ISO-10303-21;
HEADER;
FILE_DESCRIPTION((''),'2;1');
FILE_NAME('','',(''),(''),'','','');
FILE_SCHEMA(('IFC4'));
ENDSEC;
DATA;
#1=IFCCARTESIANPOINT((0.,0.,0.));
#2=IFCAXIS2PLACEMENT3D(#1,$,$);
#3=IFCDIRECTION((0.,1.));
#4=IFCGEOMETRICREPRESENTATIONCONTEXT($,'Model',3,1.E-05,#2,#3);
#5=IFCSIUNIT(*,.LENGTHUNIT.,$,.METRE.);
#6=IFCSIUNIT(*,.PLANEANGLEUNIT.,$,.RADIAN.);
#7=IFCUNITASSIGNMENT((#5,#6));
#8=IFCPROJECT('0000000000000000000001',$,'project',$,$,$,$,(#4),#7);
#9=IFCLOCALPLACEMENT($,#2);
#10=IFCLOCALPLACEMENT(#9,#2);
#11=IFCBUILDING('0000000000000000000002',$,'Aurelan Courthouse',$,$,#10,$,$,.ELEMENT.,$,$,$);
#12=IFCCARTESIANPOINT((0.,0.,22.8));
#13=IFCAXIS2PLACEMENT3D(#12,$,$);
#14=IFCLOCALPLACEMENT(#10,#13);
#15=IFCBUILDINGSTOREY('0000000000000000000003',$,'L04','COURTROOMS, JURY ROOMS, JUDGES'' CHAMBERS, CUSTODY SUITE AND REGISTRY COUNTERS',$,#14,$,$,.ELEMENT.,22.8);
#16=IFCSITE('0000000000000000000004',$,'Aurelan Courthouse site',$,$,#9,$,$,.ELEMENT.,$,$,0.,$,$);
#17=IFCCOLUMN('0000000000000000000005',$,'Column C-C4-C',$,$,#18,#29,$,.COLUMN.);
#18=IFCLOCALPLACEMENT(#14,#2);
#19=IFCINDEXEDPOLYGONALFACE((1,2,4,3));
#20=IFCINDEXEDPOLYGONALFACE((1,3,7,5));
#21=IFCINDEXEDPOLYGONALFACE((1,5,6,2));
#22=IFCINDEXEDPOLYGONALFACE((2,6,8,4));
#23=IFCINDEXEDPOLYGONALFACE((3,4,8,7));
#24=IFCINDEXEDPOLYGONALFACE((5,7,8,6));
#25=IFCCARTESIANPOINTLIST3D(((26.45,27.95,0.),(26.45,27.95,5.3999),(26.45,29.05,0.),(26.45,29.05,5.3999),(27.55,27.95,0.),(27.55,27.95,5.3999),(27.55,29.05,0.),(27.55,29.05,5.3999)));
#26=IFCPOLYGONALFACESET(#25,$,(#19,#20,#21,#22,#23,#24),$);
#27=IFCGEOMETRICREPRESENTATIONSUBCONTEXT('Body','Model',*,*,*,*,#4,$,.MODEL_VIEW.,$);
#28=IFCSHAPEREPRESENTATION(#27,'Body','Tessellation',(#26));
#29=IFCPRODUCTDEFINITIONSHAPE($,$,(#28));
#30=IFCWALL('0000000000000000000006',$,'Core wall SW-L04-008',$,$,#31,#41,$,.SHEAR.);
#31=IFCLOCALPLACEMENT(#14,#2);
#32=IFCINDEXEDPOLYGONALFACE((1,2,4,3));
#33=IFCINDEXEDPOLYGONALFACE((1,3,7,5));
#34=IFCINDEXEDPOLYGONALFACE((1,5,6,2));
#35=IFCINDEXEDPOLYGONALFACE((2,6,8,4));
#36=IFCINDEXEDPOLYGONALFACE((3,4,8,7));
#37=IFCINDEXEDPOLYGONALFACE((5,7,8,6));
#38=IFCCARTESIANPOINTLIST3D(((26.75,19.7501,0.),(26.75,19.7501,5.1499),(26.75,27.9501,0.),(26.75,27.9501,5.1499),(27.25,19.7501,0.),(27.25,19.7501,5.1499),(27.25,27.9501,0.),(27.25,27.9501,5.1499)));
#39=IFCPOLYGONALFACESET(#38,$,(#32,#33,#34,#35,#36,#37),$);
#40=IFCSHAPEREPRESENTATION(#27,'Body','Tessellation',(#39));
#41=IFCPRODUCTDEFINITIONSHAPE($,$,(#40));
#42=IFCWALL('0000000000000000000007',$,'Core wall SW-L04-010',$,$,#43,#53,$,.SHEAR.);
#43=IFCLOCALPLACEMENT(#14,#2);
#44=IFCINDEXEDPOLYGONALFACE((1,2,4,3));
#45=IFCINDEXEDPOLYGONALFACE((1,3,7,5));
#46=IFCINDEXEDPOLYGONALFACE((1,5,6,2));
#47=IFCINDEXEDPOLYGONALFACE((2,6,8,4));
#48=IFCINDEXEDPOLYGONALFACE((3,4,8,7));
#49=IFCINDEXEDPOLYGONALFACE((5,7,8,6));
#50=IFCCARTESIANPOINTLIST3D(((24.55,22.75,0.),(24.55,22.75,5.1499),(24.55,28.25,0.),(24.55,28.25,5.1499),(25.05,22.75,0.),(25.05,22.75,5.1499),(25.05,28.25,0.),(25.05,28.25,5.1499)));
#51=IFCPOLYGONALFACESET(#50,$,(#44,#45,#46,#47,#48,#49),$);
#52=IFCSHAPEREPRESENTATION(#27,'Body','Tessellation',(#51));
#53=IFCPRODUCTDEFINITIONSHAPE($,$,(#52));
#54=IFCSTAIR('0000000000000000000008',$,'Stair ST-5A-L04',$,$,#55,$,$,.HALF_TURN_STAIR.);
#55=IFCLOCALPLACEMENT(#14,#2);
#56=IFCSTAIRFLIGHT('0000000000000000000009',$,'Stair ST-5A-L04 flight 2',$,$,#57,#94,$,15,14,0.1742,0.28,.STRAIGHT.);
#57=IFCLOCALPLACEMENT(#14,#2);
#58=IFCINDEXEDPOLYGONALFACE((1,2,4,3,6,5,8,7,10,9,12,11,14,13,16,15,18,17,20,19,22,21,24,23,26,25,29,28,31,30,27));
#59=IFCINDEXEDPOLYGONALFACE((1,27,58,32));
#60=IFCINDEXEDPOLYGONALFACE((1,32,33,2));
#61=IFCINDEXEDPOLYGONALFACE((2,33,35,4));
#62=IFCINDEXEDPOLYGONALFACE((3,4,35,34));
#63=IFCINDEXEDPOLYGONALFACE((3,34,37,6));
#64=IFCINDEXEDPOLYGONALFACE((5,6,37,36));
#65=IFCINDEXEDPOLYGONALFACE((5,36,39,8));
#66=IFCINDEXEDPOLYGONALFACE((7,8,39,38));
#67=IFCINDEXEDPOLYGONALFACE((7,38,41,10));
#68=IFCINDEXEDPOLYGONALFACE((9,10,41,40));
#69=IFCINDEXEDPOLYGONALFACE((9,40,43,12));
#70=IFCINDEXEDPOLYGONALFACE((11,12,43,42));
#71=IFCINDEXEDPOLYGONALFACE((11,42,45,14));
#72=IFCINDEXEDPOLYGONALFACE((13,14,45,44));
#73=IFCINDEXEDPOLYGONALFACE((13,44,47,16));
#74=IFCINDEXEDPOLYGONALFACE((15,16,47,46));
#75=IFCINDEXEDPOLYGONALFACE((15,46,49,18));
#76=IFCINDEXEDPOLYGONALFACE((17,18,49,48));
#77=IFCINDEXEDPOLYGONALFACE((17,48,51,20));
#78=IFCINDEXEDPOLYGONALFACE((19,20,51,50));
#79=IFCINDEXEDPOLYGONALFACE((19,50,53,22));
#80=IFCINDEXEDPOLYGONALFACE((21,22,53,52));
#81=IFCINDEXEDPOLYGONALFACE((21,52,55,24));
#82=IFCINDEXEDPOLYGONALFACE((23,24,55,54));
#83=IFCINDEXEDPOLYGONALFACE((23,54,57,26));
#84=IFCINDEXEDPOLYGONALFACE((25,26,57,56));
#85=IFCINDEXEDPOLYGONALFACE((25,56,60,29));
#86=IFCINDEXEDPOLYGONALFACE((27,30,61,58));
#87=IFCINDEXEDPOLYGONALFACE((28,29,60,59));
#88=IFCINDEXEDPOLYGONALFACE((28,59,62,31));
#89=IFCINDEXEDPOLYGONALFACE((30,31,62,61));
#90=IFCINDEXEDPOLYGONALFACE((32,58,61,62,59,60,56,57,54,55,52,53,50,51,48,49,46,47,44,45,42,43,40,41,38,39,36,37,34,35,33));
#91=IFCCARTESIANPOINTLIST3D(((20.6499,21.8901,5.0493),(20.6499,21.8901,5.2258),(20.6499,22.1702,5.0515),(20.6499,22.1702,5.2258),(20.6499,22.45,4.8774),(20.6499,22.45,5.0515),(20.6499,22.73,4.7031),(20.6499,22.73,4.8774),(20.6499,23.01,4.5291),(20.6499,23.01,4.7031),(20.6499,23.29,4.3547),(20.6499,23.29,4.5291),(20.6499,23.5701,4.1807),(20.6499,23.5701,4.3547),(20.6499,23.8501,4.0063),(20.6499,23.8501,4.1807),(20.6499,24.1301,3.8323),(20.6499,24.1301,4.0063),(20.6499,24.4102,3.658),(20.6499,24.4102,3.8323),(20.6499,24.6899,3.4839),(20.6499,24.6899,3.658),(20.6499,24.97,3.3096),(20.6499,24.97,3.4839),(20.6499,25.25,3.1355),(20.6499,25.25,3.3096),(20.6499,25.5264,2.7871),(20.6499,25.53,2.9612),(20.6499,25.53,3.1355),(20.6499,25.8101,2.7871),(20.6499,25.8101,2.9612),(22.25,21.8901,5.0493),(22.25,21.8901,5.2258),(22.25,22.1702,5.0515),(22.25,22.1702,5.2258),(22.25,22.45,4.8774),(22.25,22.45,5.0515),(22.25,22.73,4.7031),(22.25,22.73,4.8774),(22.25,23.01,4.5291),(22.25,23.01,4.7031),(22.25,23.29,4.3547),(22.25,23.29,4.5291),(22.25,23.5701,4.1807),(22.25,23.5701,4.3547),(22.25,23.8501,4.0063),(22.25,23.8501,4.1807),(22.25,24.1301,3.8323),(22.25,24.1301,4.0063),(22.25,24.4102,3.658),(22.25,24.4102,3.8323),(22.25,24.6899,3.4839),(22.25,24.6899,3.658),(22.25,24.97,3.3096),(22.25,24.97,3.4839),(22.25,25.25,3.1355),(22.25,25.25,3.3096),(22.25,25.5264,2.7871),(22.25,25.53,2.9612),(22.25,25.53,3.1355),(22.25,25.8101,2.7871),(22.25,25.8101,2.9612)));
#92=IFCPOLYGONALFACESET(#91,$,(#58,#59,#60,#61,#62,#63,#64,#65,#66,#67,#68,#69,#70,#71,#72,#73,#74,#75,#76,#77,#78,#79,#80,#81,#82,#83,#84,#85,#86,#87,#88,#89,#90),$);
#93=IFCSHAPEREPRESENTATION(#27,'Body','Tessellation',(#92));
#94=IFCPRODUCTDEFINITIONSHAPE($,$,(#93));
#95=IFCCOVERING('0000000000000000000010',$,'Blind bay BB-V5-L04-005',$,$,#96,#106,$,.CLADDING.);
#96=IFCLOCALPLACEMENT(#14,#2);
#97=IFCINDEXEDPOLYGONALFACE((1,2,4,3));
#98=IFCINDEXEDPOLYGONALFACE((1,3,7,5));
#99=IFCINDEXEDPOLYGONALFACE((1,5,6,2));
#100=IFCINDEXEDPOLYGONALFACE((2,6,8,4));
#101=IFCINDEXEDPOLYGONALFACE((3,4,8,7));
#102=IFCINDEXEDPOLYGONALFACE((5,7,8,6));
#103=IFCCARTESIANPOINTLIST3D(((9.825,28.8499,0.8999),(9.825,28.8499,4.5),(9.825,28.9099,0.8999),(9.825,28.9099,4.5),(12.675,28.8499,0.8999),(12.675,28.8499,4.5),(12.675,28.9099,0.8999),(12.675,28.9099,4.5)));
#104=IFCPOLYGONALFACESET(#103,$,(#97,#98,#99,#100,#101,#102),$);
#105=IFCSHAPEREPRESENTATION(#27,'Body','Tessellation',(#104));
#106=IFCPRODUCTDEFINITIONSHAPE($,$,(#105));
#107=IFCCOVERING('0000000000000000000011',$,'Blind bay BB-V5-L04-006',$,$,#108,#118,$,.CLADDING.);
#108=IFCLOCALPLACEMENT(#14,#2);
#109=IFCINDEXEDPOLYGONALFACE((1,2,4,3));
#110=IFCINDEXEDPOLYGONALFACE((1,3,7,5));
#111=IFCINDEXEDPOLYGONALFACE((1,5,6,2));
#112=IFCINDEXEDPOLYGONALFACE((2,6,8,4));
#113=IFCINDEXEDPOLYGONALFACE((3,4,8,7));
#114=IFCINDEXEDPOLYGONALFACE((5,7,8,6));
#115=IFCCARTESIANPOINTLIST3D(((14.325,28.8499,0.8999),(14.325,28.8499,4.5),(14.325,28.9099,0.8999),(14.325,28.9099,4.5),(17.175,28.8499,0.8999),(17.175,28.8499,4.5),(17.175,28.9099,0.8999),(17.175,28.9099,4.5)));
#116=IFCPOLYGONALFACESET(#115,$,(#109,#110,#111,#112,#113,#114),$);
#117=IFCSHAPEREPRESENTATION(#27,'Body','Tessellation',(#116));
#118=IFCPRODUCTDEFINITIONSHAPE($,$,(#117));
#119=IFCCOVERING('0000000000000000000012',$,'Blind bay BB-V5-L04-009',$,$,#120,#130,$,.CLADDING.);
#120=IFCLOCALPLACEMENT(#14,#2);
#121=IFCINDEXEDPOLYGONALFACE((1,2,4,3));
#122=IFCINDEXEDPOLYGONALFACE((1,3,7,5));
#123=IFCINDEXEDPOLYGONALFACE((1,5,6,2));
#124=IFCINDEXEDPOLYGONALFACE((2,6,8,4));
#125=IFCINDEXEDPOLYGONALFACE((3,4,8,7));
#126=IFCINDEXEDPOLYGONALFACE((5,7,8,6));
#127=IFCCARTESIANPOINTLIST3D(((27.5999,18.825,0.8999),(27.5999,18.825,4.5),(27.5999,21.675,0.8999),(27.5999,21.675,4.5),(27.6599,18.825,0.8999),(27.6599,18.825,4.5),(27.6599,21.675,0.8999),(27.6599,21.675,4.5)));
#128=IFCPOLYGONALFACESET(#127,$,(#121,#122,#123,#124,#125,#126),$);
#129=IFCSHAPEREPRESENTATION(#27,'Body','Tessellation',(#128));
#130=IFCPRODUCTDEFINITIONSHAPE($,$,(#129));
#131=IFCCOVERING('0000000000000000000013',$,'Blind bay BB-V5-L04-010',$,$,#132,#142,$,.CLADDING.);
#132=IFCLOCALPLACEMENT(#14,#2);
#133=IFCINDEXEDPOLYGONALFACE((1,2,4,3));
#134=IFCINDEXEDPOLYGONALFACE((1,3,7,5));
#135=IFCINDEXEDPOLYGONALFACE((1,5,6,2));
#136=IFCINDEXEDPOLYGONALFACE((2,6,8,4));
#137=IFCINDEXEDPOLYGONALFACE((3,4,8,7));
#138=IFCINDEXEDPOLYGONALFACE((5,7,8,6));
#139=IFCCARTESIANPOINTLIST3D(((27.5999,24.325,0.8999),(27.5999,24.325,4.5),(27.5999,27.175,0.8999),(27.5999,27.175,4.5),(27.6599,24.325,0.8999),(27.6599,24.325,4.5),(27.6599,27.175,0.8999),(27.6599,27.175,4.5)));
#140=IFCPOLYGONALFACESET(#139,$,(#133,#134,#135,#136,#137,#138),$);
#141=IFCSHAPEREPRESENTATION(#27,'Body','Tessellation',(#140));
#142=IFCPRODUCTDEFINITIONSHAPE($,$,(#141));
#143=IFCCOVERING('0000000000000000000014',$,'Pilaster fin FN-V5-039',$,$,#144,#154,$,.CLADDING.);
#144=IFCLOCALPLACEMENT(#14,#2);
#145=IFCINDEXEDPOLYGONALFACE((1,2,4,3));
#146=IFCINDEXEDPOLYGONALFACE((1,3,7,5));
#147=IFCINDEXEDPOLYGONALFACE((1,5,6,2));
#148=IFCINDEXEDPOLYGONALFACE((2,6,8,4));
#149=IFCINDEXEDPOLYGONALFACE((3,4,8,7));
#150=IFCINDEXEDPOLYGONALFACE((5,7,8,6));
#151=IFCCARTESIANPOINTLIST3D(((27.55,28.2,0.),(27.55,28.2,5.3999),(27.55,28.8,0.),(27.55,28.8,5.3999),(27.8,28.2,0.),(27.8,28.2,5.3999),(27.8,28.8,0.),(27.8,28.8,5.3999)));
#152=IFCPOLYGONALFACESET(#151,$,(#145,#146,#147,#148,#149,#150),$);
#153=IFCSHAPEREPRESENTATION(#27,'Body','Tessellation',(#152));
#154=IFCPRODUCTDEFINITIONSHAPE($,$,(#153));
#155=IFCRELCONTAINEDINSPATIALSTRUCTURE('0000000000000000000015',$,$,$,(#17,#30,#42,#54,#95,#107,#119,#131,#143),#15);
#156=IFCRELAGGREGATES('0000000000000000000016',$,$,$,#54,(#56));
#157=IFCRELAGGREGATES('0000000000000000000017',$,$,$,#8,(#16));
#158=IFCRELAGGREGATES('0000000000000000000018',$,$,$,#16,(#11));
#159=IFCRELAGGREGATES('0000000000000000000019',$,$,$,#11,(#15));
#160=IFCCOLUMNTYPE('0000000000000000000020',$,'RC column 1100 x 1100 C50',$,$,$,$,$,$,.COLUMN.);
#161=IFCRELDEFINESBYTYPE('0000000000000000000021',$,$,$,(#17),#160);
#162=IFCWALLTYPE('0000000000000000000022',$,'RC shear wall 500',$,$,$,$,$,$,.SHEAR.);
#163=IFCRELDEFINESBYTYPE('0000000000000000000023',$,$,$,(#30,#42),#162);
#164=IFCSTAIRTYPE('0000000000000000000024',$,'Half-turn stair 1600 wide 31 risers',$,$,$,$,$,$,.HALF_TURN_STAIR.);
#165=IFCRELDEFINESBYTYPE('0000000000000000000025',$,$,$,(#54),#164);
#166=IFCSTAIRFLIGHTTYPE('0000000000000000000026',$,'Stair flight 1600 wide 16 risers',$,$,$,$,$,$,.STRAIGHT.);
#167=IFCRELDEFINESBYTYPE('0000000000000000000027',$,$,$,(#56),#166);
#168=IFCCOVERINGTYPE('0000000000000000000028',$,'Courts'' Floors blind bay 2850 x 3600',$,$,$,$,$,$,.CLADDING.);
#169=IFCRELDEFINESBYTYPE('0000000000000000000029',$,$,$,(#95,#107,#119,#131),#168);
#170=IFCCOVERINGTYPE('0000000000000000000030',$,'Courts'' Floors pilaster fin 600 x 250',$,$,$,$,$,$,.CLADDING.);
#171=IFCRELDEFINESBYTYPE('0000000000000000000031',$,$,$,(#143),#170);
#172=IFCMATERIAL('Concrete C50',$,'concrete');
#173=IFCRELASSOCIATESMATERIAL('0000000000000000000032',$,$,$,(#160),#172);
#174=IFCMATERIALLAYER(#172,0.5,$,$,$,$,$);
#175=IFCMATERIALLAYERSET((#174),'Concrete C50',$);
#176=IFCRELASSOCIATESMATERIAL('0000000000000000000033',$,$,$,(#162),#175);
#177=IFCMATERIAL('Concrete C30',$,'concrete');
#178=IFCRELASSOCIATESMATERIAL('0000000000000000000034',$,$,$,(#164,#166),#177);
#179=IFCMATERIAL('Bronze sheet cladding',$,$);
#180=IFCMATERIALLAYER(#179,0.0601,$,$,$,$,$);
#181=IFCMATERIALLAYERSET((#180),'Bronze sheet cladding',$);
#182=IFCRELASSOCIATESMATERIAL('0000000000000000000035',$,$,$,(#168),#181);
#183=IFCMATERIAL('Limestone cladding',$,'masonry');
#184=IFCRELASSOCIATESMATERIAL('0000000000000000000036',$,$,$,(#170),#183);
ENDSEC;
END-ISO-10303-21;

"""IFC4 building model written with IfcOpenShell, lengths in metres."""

from ifc_helpers import new_model, si_unit, direction, frame, frame_2d, origin, origin_2d, place, context, subcontext, project, spatial, polyline, rectangle, outline, extrude, material, layer, layer_set, material_profile, profile_set, type_object, element, aggregate, save


model = new_model("IFC4")

# Units and contexts
model_context = context("Model", 3, precision=1e-05, world=origin(), true_north=direction((0.0, 1.0)))
body_context = subcontext(model_context, "Body", "Model", "MODEL_VIEW")
ifc_project = project(units=[si_unit("LENGTHUNIT", "METRE"), si_unit("PLANEANGLEUNIT", "RADIAN")], contexts=[model_context])

# Site, building, storey
site_placement = place(None, origin())
site = spatial("IfcSite", under=ifc_project, at=site_placement, Name="Aurelan Courthouse site", CompositionType="ELEMENT", RefElevation=0.0)
building_placement = place(site_placement, origin())
building = spatial("IfcBuilding", under=site, at=building_placement, Name="Aurelan Courthouse", CompositionType="ELEMENT")
storey_placement = place(building_placement, frame((0.0, 0.0, 22.8)))
storey = spatial("IfcBuildingStorey", under=building, at=storey_placement, Name="L04", Description="COURTROOMS, JURY ROOMS, JUDGES' CHAMBERS, CUSTODY SUITE AND REGISTRY COUNTERS", CompositionType="ELEMENT", Elevation=22.8)

# Column
ifc_material_1 = material(Name="Concrete C50", Category="concrete")
ifc_material_profile = material_profile(ifc_material_1, rectangle(XDim=1.1001, YDim=1.1001, at=origin_2d()), Name="RC 1100 x 1100")
ifc_profile_set = profile_set([ifc_material_profile], Name="Concrete C50")
column_type = type_object("IfcColumnType", Name="RC column 1100 x 1100 C50", PredefinedType="COLUMN", material=ifc_profile_set)
column_placement = place(storey_placement, frame((27.0, 28.5, 0.0), z_axis=(0.0, 0.0, 1.0), x_axis=(1.0, 0.0, 0.0)))
element("IfcColumn", 1, at=column_placement, inside=storey, type_object=column_type, Name="Column C-C4-C", PredefinedType="COLUMN", context=body_context, shape_type="SweptSolid", body=[
    extrude(rectangle(XDim=1.1001, YDim=1.1001, at=origin_2d()), origin(), (0.0, 0.0, 1.0), 5.3999),
])

# Walls
ifc_layer_1 = layer(ifc_material_1, 0.5)
ifc_layer_set_1 = layer_set([ifc_layer_1], Name="Concrete C50")
wall_type = type_object("IfcWallType", Name="RC shear wall 500", PredefinedType="SHEAR", material=ifc_layer_set_1)
wall_1_placement = place(storey_placement, frame((27.0, 19.75, 0.0), z_axis=(0.0, 0.0, 1.0), x_axis=(0.0, 1.0, 0.0)))
element("IfcWall", 2, at=wall_1_placement, inside=storey, type_object=wall_type, Name="Core wall SW-L04-008", PredefinedType="SHEAR", context=body_context, shape_type="SweptSolid", body=[
    extrude(rectangle(XDim=8.2, YDim=0.5, at=frame_2d((4.1001, 0.0))), origin(), (0.0, 0.0, 1.0), 5.1499),
])
wall_2_placement = place(storey_placement, frame((24.8, 22.75, 0.0), z_axis=(0.0, 0.0, 1.0), x_axis=(0.0, 1.0, 0.0)))
element("IfcWall", 3, at=wall_2_placement, inside=storey, type_object=wall_type, Name="Core wall SW-L04-010", PredefinedType="SHEAR", context=body_context, shape_type="SweptSolid", body=[
    extrude(rectangle(XDim=5.5, YDim=0.5, at=frame_2d((2.75, 0.0))), origin(), (0.0, 0.0, 1.0), 5.1499),
])

# Stair, stair flight
ifc_material_2 = material(Name="Concrete C30", Category="concrete")
stair_type = type_object("IfcStairType", Name="Half-turn stair 1600 wide 31 risers", PredefinedType="HALF_TURN_STAIR", material=ifc_material_2)
stair_placement = place(storey_placement, origin())
stair = element("IfcStair", 4, at=stair_placement, inside=storey, type_object=stair_type, Name="Stair ST-5A-L04", PredefinedType="HALF_TURN_STAIR")
stair_flight_type = type_object("IfcStairFlightType", Name="Stair flight 1600 wide 16 risers", PredefinedType="STRAIGHT", material=ifc_material_2)
stair_flight_placement = place(storey_placement, frame((21.45, 25.8101, 2.7871), z_axis=(0.0, 0.0, 1.0), x_axis=(0.0, -1.0, 0.0)))
stair_flight = element("IfcStairFlight", 5, at=stair_flight_placement, type_object=stair_flight_type, Name="Stair ST-5A-L04 flight 2", NumberOfRisers=15, NumberOfTreads=14, PredefinedType="STRAIGHT", RiserHeight=0.1742, TreadLength=0.28, context=body_context, shape_type="SweptSolid", body=[
    extrude(outline(polyline([(0.0, 0.0), (0.0, 0.1741), (0.28, 0.1741), (0.28, 0.3484), (0.5601, 0.3484), (0.5601, 0.5225), (0.8401, 0.5225), (0.8401, 0.6968), (1.1201, 0.6968), (1.1201, 0.8708), (1.3999, 0.8708), (1.3999, 1.0452), (1.6799, 1.0452), (1.6799, 1.2192), (1.96, 1.2192), (1.96, 1.3936), (2.24, 1.3936), (2.24, 1.5676), (2.52, 1.5676), (2.52, 1.7419), (2.8, 1.7419), (2.8, 1.916), (3.0801, 1.916), (3.0801, 2.0903), (3.3601, 2.0903), (3.3601, 2.2644), (3.6399, 2.2644), (3.6399, 2.4387), (3.9199, 2.4387), (3.9199, 2.6128), (3.9199, 2.2622), (0.2837, 0.0), (0.0, 0.0)])), frame((0.0, 0.8, 0.0), z_axis=(0.0, -1.0, 0.0), x_axis=(1.0, 0.0, 0.0)), (0.0, 0.0, 1.0), 1.6001),
])
aggregate(stair, [stair_flight])

# Coverings
ifc_material_3 = material(Name="Bronze sheet cladding")
ifc_layer_2 = layer(ifc_material_3, 0.0601)
ifc_layer_set_2 = layer_set([ifc_layer_2], Name="Bronze sheet cladding")
covering_type_1 = type_object("IfcCoveringType", Name="Courts' Floors blind bay 2850 x 3600", PredefinedType="CLADDING", material=ifc_layer_set_2)
for number, where, z_axis, x_axis, name in (
    (6, (11.25, 28.8799, 0.8999), (0.0, 0.0, 1.0), (1.0, 0.0, 0.0), "Blind bay BB-V5-L04-005"),
    (7, (15.75, 28.8799, 0.8999), (0.0, 0.0, 1.0), (1.0, 0.0, 0.0), "Blind bay BB-V5-L04-006"),
):
    element("IfcCovering", number, at=place(storey_placement, frame(where, z_axis=z_axis, x_axis=x_axis)), inside=storey, type_object=covering_type_1, Name=name, PredefinedType="CLADDING", context=body_context, shape_type="SweptSolid", body=[
        extrude(rectangle(XDim=2.8501, YDim=0.0601, at=origin_2d()), origin(), (0.0, 0.0, 1.0), 3.6001),
    ])
for number, where, z_axis, x_axis, name in (
    (8, (27.6299, 20.25, 0.8999), (0.0, 0.0, 1.0), (1.0, 0.0, 0.0), "Blind bay BB-V5-L04-009"),
    (9, (27.6299, 25.75, 0.8999), (0.0, 0.0, 1.0), (1.0, 0.0, 0.0), "Blind bay BB-V5-L04-010"),
):
    element("IfcCovering", number, at=place(storey_placement, frame(where, z_axis=z_axis, x_axis=x_axis)), inside=storey, type_object=covering_type_1, Name=name, PredefinedType="CLADDING", context=body_context, shape_type="SweptSolid", body=[
        extrude(rectangle(XDim=0.0601, YDim=2.8501, at=origin_2d()), origin(), (0.0, 0.0, 1.0), 3.6001),
    ])
ifc_material_4 = material(Name="Limestone cladding", Category="masonry")
covering_type_2 = type_object("IfcCoveringType", Name="Courts' Floors pilaster fin 600 x 250", PredefinedType="CLADDING", material=ifc_material_4)
covering_placement = place(storey_placement, frame((27.675, 28.5, 0.0), z_axis=(0.0, 0.0, 1.0), x_axis=(1.0, 0.0, 0.0)))
element("IfcCovering", 10, at=covering_placement, inside=storey, type_object=covering_type_2, Name="Pilaster fin FN-V5-039", PredefinedType="CLADDING", context=body_context, shape_type="SweptSolid", body=[
    extrude(rectangle(XDim=0.25, YDim=0.6001, at=origin_2d()), origin(), (0.0, 0.0, 1.0), 5.3999),
])

save(model, "model.ifc")
